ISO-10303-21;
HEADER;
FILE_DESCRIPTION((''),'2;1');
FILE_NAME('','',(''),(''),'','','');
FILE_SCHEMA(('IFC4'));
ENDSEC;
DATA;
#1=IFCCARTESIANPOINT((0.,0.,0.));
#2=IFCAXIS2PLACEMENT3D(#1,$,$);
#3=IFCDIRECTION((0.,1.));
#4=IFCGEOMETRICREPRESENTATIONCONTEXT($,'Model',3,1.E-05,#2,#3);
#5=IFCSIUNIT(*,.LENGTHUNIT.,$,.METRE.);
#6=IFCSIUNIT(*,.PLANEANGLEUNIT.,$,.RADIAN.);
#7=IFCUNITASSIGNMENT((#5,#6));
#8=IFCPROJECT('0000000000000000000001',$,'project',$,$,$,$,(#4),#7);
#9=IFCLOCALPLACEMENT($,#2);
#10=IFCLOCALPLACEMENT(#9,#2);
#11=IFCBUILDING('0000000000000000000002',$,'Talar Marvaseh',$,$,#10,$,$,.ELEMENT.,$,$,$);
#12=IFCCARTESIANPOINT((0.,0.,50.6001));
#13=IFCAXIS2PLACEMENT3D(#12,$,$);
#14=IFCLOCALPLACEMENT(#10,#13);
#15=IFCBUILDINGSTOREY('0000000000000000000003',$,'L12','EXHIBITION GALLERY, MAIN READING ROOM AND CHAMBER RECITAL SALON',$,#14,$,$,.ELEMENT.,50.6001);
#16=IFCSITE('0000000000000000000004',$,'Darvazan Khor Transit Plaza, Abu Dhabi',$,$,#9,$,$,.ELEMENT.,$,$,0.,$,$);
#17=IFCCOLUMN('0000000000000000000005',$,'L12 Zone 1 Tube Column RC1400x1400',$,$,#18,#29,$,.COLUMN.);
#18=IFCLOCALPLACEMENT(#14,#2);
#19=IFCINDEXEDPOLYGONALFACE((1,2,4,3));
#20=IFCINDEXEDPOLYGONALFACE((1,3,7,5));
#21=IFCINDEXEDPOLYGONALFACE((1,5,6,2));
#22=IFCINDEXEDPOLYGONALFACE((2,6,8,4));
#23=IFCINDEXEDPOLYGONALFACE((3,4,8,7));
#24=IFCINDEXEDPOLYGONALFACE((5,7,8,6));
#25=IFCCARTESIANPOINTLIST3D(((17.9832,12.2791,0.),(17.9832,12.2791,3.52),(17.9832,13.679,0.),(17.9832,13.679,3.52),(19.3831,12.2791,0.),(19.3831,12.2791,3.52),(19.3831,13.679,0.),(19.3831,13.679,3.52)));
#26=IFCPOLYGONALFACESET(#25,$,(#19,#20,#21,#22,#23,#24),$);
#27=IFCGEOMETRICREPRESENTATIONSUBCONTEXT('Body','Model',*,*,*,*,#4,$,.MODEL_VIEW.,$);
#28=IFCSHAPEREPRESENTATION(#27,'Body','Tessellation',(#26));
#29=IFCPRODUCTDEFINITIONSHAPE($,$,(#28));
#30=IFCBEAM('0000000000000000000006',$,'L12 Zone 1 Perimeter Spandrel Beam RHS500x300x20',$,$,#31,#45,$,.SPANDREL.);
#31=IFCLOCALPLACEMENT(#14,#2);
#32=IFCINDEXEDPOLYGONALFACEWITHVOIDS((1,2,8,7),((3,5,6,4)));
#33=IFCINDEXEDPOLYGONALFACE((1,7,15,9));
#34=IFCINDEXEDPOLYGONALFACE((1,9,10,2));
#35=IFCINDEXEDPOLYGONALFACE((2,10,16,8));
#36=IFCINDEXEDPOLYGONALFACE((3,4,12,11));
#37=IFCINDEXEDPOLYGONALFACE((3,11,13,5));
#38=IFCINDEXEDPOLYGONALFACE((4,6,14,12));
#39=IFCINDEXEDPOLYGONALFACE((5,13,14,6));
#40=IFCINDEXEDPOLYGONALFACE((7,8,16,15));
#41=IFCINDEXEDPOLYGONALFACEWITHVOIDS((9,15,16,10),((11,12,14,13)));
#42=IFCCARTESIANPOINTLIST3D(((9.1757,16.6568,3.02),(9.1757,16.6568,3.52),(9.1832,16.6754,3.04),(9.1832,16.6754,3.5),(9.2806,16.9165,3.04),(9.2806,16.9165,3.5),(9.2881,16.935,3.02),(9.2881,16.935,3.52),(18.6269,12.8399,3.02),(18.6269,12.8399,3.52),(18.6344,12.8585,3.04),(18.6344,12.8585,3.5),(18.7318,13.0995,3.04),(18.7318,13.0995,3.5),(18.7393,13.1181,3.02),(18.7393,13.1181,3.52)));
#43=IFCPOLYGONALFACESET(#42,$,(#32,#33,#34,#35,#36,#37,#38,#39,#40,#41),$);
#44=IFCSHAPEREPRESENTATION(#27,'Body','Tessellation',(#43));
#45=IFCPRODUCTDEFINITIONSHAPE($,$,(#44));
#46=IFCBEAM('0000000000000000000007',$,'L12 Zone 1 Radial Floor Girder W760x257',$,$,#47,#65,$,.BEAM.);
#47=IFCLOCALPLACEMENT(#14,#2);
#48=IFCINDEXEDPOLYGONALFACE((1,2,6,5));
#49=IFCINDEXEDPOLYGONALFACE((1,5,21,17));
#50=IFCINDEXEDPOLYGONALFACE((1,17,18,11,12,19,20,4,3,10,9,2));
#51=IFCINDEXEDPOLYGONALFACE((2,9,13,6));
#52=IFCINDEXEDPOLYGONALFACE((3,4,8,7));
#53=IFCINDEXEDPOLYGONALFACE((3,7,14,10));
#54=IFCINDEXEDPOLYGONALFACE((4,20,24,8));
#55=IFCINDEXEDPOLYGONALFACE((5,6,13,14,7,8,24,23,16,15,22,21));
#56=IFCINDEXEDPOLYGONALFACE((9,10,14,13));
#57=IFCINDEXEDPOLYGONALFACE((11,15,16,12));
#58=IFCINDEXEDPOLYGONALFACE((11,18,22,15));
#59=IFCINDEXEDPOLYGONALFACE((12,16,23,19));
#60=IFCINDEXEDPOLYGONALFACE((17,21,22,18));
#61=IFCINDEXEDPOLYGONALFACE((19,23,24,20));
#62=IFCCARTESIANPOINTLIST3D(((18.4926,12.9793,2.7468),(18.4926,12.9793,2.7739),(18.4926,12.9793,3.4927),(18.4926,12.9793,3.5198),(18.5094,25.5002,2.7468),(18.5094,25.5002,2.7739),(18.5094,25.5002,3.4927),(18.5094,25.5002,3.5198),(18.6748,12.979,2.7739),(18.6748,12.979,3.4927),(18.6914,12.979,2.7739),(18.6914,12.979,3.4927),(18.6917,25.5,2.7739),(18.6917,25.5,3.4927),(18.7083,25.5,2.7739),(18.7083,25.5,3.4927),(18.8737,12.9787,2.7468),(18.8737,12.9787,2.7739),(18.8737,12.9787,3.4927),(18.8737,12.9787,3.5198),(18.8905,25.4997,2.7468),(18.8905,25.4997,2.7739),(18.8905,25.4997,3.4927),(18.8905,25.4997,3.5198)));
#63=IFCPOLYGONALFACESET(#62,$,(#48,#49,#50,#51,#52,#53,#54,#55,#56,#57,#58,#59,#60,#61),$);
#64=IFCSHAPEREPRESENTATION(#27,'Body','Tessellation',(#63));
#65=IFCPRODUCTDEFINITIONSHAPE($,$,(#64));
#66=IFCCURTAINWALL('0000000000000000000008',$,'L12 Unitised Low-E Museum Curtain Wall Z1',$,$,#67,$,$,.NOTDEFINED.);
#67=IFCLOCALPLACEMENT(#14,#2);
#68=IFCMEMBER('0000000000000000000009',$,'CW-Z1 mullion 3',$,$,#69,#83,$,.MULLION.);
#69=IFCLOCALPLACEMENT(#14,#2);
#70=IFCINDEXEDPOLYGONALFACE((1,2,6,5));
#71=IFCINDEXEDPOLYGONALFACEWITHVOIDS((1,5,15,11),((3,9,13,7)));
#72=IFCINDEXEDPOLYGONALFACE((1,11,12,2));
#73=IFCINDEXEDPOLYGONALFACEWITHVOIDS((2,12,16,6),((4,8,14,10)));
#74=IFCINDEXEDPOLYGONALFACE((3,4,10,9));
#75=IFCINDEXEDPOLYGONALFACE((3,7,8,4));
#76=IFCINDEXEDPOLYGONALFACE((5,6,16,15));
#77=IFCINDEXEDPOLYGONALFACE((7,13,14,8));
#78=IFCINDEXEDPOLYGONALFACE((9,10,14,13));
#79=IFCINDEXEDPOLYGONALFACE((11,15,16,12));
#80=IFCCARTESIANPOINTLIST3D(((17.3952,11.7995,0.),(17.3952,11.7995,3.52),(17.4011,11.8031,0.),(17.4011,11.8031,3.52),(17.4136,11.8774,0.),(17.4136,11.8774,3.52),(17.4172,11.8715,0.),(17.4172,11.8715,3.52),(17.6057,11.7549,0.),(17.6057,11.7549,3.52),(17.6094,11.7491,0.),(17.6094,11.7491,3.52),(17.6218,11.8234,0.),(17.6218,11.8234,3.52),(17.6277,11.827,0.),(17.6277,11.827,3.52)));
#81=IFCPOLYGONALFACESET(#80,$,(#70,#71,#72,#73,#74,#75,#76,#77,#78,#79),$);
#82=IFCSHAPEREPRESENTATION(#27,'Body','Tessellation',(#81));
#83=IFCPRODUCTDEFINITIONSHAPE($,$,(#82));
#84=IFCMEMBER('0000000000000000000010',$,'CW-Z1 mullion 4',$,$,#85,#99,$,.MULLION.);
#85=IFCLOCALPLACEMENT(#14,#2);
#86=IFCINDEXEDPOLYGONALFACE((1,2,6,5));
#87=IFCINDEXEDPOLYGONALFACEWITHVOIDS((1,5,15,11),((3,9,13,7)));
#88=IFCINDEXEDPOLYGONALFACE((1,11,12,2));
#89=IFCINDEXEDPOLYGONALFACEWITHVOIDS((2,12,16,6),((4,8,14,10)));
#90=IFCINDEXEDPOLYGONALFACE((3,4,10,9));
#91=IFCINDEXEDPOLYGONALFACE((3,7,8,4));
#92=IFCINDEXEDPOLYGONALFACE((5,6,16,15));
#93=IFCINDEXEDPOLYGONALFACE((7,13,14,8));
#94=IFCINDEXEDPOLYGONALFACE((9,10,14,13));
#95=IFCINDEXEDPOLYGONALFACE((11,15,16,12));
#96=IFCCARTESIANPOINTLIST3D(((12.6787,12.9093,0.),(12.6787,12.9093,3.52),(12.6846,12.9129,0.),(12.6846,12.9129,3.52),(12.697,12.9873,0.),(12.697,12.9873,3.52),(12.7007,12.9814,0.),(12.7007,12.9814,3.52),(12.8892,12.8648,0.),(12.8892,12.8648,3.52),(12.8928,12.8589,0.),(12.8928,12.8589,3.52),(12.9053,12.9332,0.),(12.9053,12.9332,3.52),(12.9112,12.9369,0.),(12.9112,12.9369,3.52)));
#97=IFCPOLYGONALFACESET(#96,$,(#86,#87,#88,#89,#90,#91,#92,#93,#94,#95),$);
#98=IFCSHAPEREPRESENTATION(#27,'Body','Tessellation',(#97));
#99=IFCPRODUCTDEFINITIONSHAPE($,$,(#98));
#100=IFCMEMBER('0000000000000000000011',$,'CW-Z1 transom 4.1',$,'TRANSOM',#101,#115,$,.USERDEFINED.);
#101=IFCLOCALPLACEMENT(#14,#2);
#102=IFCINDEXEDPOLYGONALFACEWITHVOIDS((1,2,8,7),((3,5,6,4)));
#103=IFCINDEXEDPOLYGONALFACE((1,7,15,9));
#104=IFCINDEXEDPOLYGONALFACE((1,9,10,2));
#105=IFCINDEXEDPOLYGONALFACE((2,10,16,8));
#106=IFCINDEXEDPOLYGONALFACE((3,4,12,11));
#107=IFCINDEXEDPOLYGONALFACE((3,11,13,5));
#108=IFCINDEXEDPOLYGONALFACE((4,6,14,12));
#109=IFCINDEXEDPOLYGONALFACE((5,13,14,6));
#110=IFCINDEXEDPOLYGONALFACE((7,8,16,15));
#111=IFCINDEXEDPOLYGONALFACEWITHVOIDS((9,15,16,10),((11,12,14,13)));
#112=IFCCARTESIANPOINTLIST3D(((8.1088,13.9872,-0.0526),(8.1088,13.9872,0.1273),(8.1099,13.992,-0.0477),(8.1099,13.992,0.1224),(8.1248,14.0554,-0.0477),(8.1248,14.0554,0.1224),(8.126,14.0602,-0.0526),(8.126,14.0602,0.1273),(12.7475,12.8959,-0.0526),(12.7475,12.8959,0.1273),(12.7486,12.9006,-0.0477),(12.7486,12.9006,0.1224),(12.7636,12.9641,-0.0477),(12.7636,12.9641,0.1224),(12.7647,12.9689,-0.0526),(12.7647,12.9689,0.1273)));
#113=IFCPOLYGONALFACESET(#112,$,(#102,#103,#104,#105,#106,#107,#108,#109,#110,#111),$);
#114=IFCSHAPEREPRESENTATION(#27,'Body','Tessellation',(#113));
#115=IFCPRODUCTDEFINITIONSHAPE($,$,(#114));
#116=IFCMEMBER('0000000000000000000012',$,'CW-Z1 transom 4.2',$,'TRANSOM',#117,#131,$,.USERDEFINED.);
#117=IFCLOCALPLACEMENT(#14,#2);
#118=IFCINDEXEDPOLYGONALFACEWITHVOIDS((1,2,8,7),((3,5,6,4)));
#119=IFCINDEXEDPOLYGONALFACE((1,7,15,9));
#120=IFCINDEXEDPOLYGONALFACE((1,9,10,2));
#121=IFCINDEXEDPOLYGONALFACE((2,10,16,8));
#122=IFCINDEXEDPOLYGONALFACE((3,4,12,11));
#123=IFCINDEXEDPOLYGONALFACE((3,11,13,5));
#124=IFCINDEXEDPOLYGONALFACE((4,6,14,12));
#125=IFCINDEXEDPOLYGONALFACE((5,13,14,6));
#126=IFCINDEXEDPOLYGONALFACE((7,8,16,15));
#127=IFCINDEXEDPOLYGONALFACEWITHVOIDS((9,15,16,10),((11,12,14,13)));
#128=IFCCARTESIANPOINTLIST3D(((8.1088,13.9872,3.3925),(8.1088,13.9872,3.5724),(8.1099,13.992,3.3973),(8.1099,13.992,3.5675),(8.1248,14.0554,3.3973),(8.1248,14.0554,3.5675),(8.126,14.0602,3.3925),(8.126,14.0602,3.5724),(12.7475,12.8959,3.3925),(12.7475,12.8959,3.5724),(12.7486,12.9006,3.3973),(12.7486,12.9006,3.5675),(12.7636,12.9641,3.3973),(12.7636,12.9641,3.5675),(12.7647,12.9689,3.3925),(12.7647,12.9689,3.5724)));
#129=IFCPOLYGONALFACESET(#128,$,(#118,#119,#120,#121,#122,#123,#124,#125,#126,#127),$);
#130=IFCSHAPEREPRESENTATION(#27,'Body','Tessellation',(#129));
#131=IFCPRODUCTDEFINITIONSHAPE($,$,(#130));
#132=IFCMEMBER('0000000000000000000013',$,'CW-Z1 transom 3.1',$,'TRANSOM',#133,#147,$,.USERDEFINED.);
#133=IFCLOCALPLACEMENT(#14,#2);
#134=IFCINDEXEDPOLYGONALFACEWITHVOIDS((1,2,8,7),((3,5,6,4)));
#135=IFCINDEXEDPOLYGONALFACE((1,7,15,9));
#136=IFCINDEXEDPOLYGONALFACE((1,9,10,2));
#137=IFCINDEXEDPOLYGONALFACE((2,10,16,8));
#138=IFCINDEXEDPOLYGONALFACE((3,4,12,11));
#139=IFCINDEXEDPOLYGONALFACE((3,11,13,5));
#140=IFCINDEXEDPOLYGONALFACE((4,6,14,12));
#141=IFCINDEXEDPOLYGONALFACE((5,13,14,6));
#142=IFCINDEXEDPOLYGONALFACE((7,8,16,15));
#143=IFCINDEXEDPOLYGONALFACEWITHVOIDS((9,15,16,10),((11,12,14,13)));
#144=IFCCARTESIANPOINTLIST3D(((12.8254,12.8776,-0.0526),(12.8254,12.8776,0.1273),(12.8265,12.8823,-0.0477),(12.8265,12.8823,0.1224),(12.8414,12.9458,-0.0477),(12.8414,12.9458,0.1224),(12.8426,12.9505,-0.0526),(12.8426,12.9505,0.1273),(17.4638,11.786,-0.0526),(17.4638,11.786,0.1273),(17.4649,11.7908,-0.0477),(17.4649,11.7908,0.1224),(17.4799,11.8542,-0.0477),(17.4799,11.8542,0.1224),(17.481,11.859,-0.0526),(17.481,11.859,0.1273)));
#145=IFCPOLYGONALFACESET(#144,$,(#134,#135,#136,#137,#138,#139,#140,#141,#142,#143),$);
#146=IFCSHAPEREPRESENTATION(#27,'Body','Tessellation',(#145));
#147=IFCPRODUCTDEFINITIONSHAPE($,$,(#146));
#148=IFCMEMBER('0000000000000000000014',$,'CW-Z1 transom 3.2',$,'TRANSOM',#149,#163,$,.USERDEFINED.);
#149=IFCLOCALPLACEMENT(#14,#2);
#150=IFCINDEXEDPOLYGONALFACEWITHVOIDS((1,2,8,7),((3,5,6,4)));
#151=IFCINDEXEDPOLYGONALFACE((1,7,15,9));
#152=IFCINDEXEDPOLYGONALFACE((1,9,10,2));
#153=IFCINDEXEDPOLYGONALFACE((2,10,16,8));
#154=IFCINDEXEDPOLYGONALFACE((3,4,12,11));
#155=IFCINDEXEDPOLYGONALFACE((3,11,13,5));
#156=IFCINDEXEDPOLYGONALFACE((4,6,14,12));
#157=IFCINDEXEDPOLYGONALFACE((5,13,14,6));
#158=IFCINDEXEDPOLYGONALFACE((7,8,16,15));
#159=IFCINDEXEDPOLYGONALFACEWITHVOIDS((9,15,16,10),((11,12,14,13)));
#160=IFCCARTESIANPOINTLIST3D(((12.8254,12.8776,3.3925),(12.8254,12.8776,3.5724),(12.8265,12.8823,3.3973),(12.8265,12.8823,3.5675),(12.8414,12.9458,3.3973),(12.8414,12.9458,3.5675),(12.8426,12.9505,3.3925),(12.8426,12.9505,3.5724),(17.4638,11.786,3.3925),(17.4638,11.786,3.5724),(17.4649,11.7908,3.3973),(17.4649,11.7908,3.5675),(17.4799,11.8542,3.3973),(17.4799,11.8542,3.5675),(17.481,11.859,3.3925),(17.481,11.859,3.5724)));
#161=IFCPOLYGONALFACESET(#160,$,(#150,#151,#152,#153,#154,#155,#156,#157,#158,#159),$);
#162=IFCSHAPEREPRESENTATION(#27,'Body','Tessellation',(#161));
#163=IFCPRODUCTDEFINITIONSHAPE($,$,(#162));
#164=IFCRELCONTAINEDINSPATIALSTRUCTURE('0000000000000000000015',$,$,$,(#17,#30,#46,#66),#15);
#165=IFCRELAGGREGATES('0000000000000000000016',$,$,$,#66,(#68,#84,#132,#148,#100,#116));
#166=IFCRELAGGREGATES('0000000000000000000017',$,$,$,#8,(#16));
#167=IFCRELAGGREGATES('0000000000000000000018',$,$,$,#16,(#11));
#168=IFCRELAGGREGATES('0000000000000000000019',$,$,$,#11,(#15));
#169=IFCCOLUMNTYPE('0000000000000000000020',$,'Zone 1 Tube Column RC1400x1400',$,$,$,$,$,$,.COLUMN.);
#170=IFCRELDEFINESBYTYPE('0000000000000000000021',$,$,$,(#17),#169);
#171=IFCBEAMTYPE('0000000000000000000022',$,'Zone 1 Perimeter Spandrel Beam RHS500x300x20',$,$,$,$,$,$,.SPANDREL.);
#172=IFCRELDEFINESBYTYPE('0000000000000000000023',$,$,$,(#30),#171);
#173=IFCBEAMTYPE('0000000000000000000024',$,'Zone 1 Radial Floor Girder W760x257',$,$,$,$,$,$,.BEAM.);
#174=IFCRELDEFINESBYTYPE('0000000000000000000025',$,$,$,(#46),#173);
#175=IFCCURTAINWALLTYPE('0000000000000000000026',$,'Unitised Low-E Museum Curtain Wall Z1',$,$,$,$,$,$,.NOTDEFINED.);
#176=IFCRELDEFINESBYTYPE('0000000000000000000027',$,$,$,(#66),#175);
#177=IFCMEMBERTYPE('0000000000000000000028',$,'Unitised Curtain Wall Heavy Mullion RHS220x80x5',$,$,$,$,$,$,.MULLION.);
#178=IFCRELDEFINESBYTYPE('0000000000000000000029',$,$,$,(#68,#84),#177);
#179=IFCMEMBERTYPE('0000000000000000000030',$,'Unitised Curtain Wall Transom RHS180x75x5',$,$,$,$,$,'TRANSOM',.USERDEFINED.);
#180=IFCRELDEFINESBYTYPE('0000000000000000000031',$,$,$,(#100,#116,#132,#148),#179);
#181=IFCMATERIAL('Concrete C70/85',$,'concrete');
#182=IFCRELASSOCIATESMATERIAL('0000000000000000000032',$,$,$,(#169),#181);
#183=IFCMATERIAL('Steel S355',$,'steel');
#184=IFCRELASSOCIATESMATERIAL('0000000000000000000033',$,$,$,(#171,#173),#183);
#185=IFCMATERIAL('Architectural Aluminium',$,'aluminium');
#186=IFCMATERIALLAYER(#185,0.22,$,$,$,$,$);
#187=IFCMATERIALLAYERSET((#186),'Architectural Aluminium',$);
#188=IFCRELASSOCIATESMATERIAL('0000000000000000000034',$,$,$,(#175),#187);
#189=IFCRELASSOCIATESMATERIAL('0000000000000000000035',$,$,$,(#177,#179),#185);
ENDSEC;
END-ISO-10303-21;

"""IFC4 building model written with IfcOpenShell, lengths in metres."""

from ifc_helpers import new_model, si_unit, direction, frame, origin, origin_2d, place, context, subcontext, project, spatial, rectangle, hollow_rectangle, i_section, extrude, source, transform, mapped, material, layer, layer_set, material_profile, profile_set, type_object, type_shapes, element, aggregate, save


model = new_model("IFC4")

# Units and contexts
model_context = context("Model", 3, precision=1e-05, world=origin(), true_north=direction((0.0, 1.0)))
body_context = subcontext(model_context, "Body", "Model", "MODEL_VIEW")
ifc_project = project(units=[si_unit("LENGTHUNIT", "METRE"), si_unit("PLANEANGLEUNIT", "RADIAN")], contexts=[model_context])

# Site, building, storey
site_placement = place(None, origin())
site = spatial("IfcSite", under=ifc_project, at=site_placement, Name="Darvazan Khor Transit Plaza, Abu Dhabi", CompositionType="ELEMENT", RefElevation=0.0)
building_placement = place(site_placement, origin())
building = spatial("IfcBuilding", under=site, at=building_placement, Name="Talar Marvaseh", CompositionType="ELEMENT")
storey_placement = place(building_placement, frame((0.0, 0.0, 50.6001)))
storey = spatial("IfcBuildingStorey", under=building, at=storey_placement, Name="L12", Description="EXHIBITION GALLERY, MAIN READING ROOM AND CHAMBER RECITAL SALON", CompositionType="ELEMENT", Elevation=50.6001)

# Column
ifc_material_1 = material(Name="Concrete C70/85", Category="concrete")
ifc_material_profile_1 = material_profile(ifc_material_1, rectangle(XDim=1.3999, YDim=1.3999, at=origin_2d()), Name="RC1400x1400")
ifc_profile_set_1 = profile_set([ifc_material_profile_1], Name="Concrete C70/85")
column_type = type_object("IfcColumnType", Name="Zone 1 Tube Column RC1400x1400", PredefinedType="COLUMN", material=ifc_profile_set_1)
column_placement = place(storey_placement, frame((18.6831, 12.979, 0.0), z_axis=(0.0, 0.0, 1.0), x_axis=(1.0, 0.0, 0.0)))
element("IfcColumn", 1, at=column_placement, inside=storey, type_object=column_type, Name="L12 Zone 1 Tube Column RC1400x1400", PredefinedType="COLUMN", context=body_context, shape_type="SweptSolid", body=[
    extrude(rectangle(XDim=1.3999, YDim=1.3999, at=origin_2d()), origin(), (0.0, 0.0, 1.0), 3.52),
])

# Beams
ifc_material_2 = material(Name="Steel S355", Category="steel")
ifc_material_profile_2 = material_profile(ifc_material_2, hollow_rectangle(XDim=0.3, YDim=0.5, WallThickness=0.02, at=origin_2d()), Name="RHS500x300x20")
ifc_profile_set_2 = profile_set([ifc_material_profile_2], Name="Steel S355")
beam_type_1 = type_object("IfcBeamType", Name="Zone 1 Perimeter Spandrel Beam RHS500x300x20", PredefinedType="SPANDREL", material=ifc_profile_set_2)
beam_1_placement = place(storey_placement, frame((18.6831, 12.979, 3.27), z_axis=(-0.927239, 0.374469, 0.0), x_axis=(-0.374469, -0.927239, 0.0)))
element("IfcBeam", 2, at=beam_1_placement, inside=storey, type_object=beam_type_1, Name="L12 Zone 1 Perimeter Spandrel Beam RHS500x300x20", PredefinedType="SPANDREL", context=body_context, shape_type="SweptSolid", body=[
    extrude(hollow_rectangle(XDim=0.3, YDim=0.5, WallThickness=0.02, at=origin_2d()), origin(), (0.0, 0.0, 1.0), 10.1929),
])
ifc_material_profile_3 = material_profile(ifc_material_2, i_section(OverallWidth=0.3811, OverallDepth=0.7729, WebThickness=0.0166, FlangeThickness=0.0271, at=origin_2d()), Name="W760x257")
ifc_profile_set_3 = profile_set([ifc_material_profile_3], Name="Steel S355")
beam_type_2 = type_object("IfcBeamType", Name="Zone 1 Radial Floor Girder W760x257", PredefinedType="BEAM", material=ifc_profile_set_3)
beam_2_placement = place(storey_placement, frame((18.6831, 12.979, 3.1333), z_axis=(0.001345, 0.999999, 0.0), x_axis=(-0.999999, 0.001345, 0.0)))
element("IfcBeam", 3, at=beam_2_placement, inside=storey, type_object=beam_type_2, Name="L12 Zone 1 Radial Floor Girder W760x257", PredefinedType="BEAM", context=body_context, shape_type="SweptSolid", body=[
    extrude(i_section(OverallWidth=0.3811, OverallDepth=0.7729, WebThickness=0.0166, FlangeThickness=0.0271, at=origin_2d()), origin(), (0.0, 0.0, 1.0), 12.521),
])

# Curtain wall, members
ifc_material_3 = material(Name="Architectural Aluminium", Category="aluminium")
ifc_layer_1 = layer(ifc_material_3, 0.22)
ifc_layer_set_1 = layer_set([ifc_layer_1], Name="Architectural Aluminium")
curtain_wall_type = type_object("IfcCurtainWallType", Name="Unitised Low-E Museum Curtain Wall Z1", PredefinedType="NOTDEFINED", material=ifc_layer_set_1)
curtain_wall_placement = place(storey_placement, origin())
curtain_wall = element("IfcCurtainWall", 4, at=curtain_wall_placement, inside=storey, type_object=curtain_wall_type, Name="L12 Unitised Low-E Museum Curtain Wall Z1", PredefinedType="NOTDEFINED")
ifc_material_profile_4 = material_profile(ifc_material_3, hollow_rectangle(XDim=0.0801, YDim=0.22, WallThickness=0.0049, at=origin_2d()), Name="RHS220x80x5")
ifc_profile_set_4 = profile_set([ifc_material_profile_4], Name="Architectural Aluminium")
member_type_1 = type_object("IfcMemberType", Name="Unitised Curtain Wall Heavy Mullion RHS220x80x5", PredefinedType="MULLION", material=ifc_profile_set_4)
shared_shape_1 = source(origin(), body_context, "Body", "SweptSolid", [
    extrude(hollow_rectangle(XDim=0.0801, YDim=0.22, WallThickness=0.0049, at=origin_2d()), origin(), (0.0, 0.0, 1.0), 3.52),
])
type_shapes(member_type_1, [shared_shape_1])
member_1_placement = place(storey_placement, frame((17.5115, 11.8132, 0.0), z_axis=(0.0, 0.0, 1.0), x_axis=(-0.229053, -0.973414, 0.0)))
member_1 = element("IfcMember", 5, at=member_1_placement, type_object=member_type_1, Name="CW-Z1 mullion 3", PredefinedType="MULLION", context=body_context, shape_type="MappedRepresentation", body=[
    mapped(shared_shape_1, transform((0.0, 0.0, 0.0), x_axis=(1.0, 0.0, 0.0), y_axis=(0.0, 1.0, 0.0), z_axis=(0.0, 0.0, 1.0), scale=1.0)),
])
member_2_placement = place(storey_placement, frame((12.7949, 12.9231, 0.0), z_axis=(0.0, 0.0, 1.0), x_axis=(-0.229053, -0.973414, 0.0)))
member_2 = element("IfcMember", 6, at=member_2_placement, type_object=member_type_1, Name="CW-Z1 mullion 4", PredefinedType="MULLION", context=body_context, shape_type="MappedRepresentation", body=[
    mapped(shared_shape_1, transform((0.0, 0.0, 0.0), x_axis=(1.0, 0.0, 0.0), y_axis=(0.0, 1.0, 0.0), z_axis=(0.0, 0.0, 1.0), scale=1.0)),
])
ifc_material_profile_5 = material_profile(ifc_material_3, hollow_rectangle(XDim=0.075, YDim=0.1799, WallThickness=0.0049, at=origin_2d()), Name="RHS180x75x5")
ifc_profile_set_5 = profile_set([ifc_material_profile_5], Name="Architectural Aluminium")
member_type_2 = type_object("IfcMemberType", Name="Unitised Curtain Wall Transom RHS180x75x5", ElementType="TRANSOM", PredefinedType="USERDEFINED", material=ifc_profile_set_5)
shared_shape_2 = source(origin(), body_context, "Body", "SweptSolid", [
    extrude(hollow_rectangle(XDim=0.075, YDim=0.1799, WallThickness=0.0049, at=origin_2d()), origin(), (0.0, 0.0, 1.0), 4.7654),
])
member_3_placement = place(storey_placement, frame((12.7561, 12.9324, 0.0374), z_axis=(-0.973424, 0.229011, 0.0), x_axis=(-0.229011, -0.973424, 0.0)))
member_3 = element("IfcMember", 7, at=member_3_placement, type_object=member_type_2, Name="CW-Z1 transom 4.1", ObjectType="TRANSOM", PredefinedType="USERDEFINED", context=body_context, shape_type="MappedRepresentation", body=[
    mapped(shared_shape_2, transform((0.0, 0.0, 0.0), x_axis=(1.0, 0.0, 0.0), y_axis=(0.0, 1.0, 0.0), z_axis=(0.0, 0.0, 1.0), scale=1.0)),
])
member_4_placement = place(storey_placement, frame((12.7561, 12.9324, 3.4824), z_axis=(-0.973424, 0.229011, 0.0), x_axis=(-0.229011, -0.973424, 0.0)))
member_4 = element("IfcMember", 8, at=member_4_placement, type_object=member_type_2, Name="CW-Z1 transom 4.2", ObjectType="TRANSOM", PredefinedType="USERDEFINED", context=body_context, shape_type="MappedRepresentation", body=[
    mapped(shared_shape_2, transform((0.0, 0.0, 0.0), x_axis=(1.0, 0.0, 0.0), y_axis=(0.0, 1.0, 0.0), z_axis=(0.0, 0.0, 1.0), scale=1.0)),
])
shared_shape_3 = source(origin(), body_context, "Body", "SweptSolid", [
    extrude(hollow_rectangle(XDim=0.075, YDim=0.1799, WallThickness=0.0049, at=origin_2d()), origin(), (0.0, 0.0, 1.0), 4.7651),
])
type_shapes(member_type_2, [shared_shape_2, shared_shape_3])
member_5_placement = place(storey_placement, frame((17.4724, 11.8225, 0.0374), z_axis=(-0.97341, 0.229071, 0.0), x_axis=(-0.229071, -0.97341, 0.0)))
member_5 = element("IfcMember", 9, at=member_5_placement, type_object=member_type_2, Name="CW-Z1 transom 3.1", ObjectType="TRANSOM", PredefinedType="USERDEFINED", context=body_context, shape_type="MappedRepresentation", body=[
    mapped(shared_shape_3, transform((0.0, 0.0, 0.0), x_axis=(1.0, 0.0, 0.0), y_axis=(0.0, 1.0, 0.0), z_axis=(0.0, 0.0, 1.0), scale=1.0)),
])
member_6_placement = place(storey_placement, frame((17.4724, 11.8225, 3.4824), z_axis=(-0.97341, 0.229071, 0.0), x_axis=(-0.229071, -0.97341, 0.0)))
member_6 = element("IfcMember", 10, at=member_6_placement, type_object=member_type_2, Name="CW-Z1 transom 3.2", ObjectType="TRANSOM", PredefinedType="USERDEFINED", context=body_context, shape_type="MappedRepresentation", body=[
    mapped(shared_shape_3, transform((0.0, 0.0, 0.0), x_axis=(1.0, 0.0, 0.0), y_axis=(0.0, 1.0, 0.0), z_axis=(0.0, 0.0, 1.0), scale=1.0)),
])
aggregate(curtain_wall, [member_1, member_2, member_5, member_6, member_3, member_4])

save(model, "model.ifc")
